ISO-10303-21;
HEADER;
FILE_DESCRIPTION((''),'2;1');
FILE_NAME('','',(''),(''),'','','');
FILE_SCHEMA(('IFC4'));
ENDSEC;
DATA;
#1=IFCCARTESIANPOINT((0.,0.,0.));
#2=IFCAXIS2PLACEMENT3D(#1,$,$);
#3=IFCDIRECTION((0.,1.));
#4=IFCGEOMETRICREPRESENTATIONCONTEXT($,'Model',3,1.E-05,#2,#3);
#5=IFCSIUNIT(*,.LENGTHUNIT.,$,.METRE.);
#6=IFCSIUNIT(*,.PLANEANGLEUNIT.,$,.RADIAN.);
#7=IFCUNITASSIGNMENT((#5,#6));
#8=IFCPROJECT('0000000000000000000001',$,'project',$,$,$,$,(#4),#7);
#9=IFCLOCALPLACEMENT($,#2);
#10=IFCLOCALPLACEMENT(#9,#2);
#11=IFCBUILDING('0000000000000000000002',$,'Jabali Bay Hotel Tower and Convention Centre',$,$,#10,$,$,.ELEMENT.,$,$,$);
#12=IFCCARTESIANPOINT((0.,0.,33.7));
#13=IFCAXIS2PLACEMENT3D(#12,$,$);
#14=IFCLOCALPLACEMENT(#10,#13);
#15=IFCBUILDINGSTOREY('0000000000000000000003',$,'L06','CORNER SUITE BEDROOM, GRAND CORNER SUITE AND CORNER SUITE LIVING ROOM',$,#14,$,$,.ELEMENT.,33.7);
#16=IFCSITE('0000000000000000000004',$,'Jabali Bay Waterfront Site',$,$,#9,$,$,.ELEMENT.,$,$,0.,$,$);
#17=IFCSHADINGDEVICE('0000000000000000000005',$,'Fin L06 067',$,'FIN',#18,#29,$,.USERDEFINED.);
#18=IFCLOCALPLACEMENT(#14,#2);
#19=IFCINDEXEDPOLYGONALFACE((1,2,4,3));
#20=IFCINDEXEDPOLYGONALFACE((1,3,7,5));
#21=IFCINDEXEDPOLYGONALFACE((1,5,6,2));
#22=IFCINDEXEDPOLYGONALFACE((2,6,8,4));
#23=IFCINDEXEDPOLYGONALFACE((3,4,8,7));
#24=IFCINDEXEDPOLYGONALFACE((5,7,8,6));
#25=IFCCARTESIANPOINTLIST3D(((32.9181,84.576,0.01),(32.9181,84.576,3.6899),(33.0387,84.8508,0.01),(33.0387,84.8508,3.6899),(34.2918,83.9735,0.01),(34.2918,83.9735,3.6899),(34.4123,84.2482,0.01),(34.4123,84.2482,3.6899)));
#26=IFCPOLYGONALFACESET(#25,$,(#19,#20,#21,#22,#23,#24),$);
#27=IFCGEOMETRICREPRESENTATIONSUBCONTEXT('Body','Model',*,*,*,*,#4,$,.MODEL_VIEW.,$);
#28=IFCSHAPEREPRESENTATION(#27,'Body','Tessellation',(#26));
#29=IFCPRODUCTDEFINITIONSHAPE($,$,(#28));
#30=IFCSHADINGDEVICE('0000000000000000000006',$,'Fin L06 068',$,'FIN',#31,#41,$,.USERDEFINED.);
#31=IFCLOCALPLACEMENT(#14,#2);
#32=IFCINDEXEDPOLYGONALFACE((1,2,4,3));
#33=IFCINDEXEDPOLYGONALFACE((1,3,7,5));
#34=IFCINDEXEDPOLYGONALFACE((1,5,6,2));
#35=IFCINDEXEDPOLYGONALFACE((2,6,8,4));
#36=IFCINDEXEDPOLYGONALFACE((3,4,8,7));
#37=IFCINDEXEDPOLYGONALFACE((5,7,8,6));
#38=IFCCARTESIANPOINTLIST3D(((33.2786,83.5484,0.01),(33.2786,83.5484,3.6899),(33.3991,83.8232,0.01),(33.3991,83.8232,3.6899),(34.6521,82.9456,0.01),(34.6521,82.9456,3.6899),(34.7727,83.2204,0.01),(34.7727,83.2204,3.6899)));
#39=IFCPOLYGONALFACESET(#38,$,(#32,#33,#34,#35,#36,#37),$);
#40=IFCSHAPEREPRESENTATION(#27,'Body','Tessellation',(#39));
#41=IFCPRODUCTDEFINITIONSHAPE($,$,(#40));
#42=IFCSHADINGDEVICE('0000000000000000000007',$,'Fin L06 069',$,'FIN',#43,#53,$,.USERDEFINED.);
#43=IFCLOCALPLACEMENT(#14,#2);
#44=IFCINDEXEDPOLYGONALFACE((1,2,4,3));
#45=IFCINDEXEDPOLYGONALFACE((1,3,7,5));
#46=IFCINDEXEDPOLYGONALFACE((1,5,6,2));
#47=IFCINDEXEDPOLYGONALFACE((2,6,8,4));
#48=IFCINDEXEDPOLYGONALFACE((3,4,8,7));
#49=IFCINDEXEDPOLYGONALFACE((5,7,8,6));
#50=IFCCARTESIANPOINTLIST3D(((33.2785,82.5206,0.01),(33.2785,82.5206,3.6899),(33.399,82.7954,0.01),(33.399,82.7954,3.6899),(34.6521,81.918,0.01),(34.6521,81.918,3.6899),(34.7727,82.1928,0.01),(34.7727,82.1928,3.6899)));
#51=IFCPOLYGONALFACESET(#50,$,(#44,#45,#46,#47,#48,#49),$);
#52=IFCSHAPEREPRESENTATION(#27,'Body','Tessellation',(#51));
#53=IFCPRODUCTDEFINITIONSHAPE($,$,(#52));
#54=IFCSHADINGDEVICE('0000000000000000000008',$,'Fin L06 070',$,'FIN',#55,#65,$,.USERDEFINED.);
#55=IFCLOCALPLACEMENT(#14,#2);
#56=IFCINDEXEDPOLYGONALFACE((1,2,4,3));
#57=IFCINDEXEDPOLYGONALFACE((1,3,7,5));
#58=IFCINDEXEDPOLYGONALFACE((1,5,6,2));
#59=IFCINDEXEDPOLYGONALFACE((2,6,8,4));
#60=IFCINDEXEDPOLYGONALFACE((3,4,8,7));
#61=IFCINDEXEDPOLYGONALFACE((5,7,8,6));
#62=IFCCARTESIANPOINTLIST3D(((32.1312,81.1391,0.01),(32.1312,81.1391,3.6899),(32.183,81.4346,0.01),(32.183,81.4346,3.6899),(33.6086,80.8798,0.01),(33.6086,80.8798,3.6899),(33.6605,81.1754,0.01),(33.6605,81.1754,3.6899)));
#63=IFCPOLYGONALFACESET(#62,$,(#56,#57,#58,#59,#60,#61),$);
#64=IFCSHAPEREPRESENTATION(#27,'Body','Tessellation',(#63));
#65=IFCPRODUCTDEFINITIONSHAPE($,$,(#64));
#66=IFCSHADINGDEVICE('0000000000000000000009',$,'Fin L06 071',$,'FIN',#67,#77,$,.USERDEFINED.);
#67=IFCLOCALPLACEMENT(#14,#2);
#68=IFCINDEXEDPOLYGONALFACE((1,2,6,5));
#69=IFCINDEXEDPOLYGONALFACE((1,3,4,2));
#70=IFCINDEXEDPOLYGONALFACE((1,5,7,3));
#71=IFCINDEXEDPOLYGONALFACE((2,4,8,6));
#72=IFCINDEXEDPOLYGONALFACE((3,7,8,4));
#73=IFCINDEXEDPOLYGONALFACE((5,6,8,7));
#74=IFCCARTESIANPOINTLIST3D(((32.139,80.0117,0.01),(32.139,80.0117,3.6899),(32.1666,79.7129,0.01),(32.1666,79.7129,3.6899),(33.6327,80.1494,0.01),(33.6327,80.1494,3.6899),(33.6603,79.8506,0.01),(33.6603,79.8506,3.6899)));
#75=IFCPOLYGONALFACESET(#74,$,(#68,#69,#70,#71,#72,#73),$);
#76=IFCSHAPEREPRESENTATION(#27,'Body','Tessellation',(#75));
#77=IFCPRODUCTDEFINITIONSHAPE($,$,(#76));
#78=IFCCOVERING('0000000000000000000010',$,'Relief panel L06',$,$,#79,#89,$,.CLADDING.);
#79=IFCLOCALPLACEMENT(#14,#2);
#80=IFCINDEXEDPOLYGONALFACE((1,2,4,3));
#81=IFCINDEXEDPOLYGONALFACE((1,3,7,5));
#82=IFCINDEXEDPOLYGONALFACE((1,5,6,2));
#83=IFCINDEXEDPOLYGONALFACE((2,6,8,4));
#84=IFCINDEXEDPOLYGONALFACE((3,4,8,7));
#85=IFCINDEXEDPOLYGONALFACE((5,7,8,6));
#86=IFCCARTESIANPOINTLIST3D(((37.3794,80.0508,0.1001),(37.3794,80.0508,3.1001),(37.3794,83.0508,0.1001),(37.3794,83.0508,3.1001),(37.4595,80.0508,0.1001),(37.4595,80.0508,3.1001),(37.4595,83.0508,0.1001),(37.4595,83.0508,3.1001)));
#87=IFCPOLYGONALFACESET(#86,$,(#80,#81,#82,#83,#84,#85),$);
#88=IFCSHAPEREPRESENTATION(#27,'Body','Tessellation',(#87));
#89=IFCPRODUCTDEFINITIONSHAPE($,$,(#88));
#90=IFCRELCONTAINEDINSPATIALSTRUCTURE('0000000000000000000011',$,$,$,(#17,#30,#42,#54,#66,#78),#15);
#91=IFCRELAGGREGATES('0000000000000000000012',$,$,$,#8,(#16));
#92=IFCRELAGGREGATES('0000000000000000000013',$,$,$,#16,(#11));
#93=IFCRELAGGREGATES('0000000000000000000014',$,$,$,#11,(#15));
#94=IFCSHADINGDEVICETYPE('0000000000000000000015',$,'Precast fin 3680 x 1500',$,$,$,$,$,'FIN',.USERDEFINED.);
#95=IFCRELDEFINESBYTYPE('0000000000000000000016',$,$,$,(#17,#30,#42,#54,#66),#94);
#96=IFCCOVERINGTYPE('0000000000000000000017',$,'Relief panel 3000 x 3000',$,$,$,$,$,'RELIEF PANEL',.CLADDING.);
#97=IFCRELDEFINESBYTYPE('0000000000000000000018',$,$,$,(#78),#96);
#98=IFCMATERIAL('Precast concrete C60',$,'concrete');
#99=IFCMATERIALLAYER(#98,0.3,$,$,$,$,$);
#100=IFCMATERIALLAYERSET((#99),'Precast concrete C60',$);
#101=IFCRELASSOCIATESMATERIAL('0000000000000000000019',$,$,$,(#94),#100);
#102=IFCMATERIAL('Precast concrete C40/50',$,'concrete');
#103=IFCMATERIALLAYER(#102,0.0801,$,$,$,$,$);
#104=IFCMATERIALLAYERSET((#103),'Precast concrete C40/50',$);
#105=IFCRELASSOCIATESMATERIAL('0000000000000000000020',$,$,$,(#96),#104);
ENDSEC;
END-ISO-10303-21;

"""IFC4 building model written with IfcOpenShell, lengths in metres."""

from ifc_helpers import new_model, si_unit, direction, frame, frame_2d, origin, origin_2d, place, context, subcontext, project, spatial, rectangle, extrude, material, layer, layer_set, type_object, element, save


model = new_model("IFC4")

# Units and contexts
model_context = context("Model", 3, precision=1e-05, world=origin(), true_north=direction((0.0, 1.0)))
body_context = subcontext(model_context, "Body", "Model", "MODEL_VIEW")
ifc_project = project(units=[si_unit("LENGTHUNIT", "METRE"), si_unit("PLANEANGLEUNIT", "RADIAN")], contexts=[model_context])

# Site, building, storey
site_placement = place(None, origin())
site = spatial("IfcSite", under=ifc_project, at=site_placement, Name="Jabali Bay Waterfront Site", CompositionType="ELEMENT", RefElevation=0.0)
building_placement = place(site_placement, origin())
building = spatial("IfcBuilding", under=site, at=building_placement, Name="Jabali Bay Hotel Tower and Convention Centre", CompositionType="ELEMENT")
storey_placement = place(building_placement, frame((0.0, 0.0, 33.7)))
storey = spatial("IfcBuildingStorey", under=building, at=storey_placement, Name="L06", Description="CORNER SUITE BEDROOM, GRAND CORNER SUITE AND CORNER SUITE LIVING ROOM", CompositionType="ELEMENT", Elevation=33.7)

# Shading devices
ifc_material_1 = material(Name="Precast concrete C60", Category="concrete")
ifc_layer_1 = layer(ifc_material_1, 0.3)
ifc_layer_set_1 = layer_set([ifc_layer_1], Name="Precast concrete C60")
shading_device_type_1 = type_object("IfcShadingDeviceType", Name="Precast fin 3680 x 1500", ElementType="FIN", PredefinedType="USERDEFINED", material=ifc_layer_set_1)
for number, where, z_axis, x_axis, name in (
    (1, (34.3521, 84.1108, 0.01), (0.0, 0.0, 1.0), (-0.915761, 0.401724, 0.0), "Fin L06 067"),
    (2, (34.7124, 83.083, 0.01), (0.0, 0.0, 1.0), (-0.915701, 0.40186, 0.0), "Fin L06 068"),
    (3, (34.7124, 82.0554, 0.01), (0.0, 0.0, 1.0), (-0.915761, 0.401724, 0.0), "Fin L06 069"),
    (4, (33.6345, 81.0276, 0.01), (0.0, 0.0, 1.0), (-0.98495, 0.172838, 0.0), "Fin L06 070"),
    (5, (33.6465, 80.0, 0.01), (0.0, 0.0, 1.0), (-0.995778, -0.091798, 0.0), "Fin L06 071"),
):
    element("IfcShadingDevice", number, at=place(storey_placement, frame(where, z_axis=z_axis, x_axis=x_axis)), inside=storey, type_object=shading_device_type_1, Name=name, ObjectType="FIN", PredefinedType="USERDEFINED", context=body_context, shape_type="SweptSolid", body=[
        extrude(rectangle(XDim=1.5, YDim=0.3, at=frame_2d((0.75, 0.0))), origin(), (0.0, 0.0, 1.0), 3.6799),
    ])

# Covering
ifc_material_2 = material(Name="Precast concrete C40/50", Category="concrete")
ifc_layer_2 = layer(ifc_material_2, 0.0801)
ifc_layer_set_2 = layer_set([ifc_layer_2], Name="Precast concrete C40/50")
covering_type = type_object("IfcCoveringType", Name="Relief panel 3000 x 3000", ElementType="RELIEF PANEL", PredefinedType="CLADDING", material=ifc_layer_set_2)
covering_placement = place(storey_placement, frame((37.4194, 81.5508, 0.1001), z_axis=(0.0, 0.0, 1.0), x_axis=(0.0, 1.0, 0.0)))
element("IfcCovering", 6, at=covering_placement, inside=storey, type_object=covering_type, Name="Relief panel L06", PredefinedType="CLADDING", context=body_context, shape_type="SweptSolid", body=[
    extrude(rectangle(XDim=3.0, YDim=0.0801, at=origin_2d()), origin(), (0.0, 0.0, 1.0), 3.0),
])

save(model, "model.ifc")
